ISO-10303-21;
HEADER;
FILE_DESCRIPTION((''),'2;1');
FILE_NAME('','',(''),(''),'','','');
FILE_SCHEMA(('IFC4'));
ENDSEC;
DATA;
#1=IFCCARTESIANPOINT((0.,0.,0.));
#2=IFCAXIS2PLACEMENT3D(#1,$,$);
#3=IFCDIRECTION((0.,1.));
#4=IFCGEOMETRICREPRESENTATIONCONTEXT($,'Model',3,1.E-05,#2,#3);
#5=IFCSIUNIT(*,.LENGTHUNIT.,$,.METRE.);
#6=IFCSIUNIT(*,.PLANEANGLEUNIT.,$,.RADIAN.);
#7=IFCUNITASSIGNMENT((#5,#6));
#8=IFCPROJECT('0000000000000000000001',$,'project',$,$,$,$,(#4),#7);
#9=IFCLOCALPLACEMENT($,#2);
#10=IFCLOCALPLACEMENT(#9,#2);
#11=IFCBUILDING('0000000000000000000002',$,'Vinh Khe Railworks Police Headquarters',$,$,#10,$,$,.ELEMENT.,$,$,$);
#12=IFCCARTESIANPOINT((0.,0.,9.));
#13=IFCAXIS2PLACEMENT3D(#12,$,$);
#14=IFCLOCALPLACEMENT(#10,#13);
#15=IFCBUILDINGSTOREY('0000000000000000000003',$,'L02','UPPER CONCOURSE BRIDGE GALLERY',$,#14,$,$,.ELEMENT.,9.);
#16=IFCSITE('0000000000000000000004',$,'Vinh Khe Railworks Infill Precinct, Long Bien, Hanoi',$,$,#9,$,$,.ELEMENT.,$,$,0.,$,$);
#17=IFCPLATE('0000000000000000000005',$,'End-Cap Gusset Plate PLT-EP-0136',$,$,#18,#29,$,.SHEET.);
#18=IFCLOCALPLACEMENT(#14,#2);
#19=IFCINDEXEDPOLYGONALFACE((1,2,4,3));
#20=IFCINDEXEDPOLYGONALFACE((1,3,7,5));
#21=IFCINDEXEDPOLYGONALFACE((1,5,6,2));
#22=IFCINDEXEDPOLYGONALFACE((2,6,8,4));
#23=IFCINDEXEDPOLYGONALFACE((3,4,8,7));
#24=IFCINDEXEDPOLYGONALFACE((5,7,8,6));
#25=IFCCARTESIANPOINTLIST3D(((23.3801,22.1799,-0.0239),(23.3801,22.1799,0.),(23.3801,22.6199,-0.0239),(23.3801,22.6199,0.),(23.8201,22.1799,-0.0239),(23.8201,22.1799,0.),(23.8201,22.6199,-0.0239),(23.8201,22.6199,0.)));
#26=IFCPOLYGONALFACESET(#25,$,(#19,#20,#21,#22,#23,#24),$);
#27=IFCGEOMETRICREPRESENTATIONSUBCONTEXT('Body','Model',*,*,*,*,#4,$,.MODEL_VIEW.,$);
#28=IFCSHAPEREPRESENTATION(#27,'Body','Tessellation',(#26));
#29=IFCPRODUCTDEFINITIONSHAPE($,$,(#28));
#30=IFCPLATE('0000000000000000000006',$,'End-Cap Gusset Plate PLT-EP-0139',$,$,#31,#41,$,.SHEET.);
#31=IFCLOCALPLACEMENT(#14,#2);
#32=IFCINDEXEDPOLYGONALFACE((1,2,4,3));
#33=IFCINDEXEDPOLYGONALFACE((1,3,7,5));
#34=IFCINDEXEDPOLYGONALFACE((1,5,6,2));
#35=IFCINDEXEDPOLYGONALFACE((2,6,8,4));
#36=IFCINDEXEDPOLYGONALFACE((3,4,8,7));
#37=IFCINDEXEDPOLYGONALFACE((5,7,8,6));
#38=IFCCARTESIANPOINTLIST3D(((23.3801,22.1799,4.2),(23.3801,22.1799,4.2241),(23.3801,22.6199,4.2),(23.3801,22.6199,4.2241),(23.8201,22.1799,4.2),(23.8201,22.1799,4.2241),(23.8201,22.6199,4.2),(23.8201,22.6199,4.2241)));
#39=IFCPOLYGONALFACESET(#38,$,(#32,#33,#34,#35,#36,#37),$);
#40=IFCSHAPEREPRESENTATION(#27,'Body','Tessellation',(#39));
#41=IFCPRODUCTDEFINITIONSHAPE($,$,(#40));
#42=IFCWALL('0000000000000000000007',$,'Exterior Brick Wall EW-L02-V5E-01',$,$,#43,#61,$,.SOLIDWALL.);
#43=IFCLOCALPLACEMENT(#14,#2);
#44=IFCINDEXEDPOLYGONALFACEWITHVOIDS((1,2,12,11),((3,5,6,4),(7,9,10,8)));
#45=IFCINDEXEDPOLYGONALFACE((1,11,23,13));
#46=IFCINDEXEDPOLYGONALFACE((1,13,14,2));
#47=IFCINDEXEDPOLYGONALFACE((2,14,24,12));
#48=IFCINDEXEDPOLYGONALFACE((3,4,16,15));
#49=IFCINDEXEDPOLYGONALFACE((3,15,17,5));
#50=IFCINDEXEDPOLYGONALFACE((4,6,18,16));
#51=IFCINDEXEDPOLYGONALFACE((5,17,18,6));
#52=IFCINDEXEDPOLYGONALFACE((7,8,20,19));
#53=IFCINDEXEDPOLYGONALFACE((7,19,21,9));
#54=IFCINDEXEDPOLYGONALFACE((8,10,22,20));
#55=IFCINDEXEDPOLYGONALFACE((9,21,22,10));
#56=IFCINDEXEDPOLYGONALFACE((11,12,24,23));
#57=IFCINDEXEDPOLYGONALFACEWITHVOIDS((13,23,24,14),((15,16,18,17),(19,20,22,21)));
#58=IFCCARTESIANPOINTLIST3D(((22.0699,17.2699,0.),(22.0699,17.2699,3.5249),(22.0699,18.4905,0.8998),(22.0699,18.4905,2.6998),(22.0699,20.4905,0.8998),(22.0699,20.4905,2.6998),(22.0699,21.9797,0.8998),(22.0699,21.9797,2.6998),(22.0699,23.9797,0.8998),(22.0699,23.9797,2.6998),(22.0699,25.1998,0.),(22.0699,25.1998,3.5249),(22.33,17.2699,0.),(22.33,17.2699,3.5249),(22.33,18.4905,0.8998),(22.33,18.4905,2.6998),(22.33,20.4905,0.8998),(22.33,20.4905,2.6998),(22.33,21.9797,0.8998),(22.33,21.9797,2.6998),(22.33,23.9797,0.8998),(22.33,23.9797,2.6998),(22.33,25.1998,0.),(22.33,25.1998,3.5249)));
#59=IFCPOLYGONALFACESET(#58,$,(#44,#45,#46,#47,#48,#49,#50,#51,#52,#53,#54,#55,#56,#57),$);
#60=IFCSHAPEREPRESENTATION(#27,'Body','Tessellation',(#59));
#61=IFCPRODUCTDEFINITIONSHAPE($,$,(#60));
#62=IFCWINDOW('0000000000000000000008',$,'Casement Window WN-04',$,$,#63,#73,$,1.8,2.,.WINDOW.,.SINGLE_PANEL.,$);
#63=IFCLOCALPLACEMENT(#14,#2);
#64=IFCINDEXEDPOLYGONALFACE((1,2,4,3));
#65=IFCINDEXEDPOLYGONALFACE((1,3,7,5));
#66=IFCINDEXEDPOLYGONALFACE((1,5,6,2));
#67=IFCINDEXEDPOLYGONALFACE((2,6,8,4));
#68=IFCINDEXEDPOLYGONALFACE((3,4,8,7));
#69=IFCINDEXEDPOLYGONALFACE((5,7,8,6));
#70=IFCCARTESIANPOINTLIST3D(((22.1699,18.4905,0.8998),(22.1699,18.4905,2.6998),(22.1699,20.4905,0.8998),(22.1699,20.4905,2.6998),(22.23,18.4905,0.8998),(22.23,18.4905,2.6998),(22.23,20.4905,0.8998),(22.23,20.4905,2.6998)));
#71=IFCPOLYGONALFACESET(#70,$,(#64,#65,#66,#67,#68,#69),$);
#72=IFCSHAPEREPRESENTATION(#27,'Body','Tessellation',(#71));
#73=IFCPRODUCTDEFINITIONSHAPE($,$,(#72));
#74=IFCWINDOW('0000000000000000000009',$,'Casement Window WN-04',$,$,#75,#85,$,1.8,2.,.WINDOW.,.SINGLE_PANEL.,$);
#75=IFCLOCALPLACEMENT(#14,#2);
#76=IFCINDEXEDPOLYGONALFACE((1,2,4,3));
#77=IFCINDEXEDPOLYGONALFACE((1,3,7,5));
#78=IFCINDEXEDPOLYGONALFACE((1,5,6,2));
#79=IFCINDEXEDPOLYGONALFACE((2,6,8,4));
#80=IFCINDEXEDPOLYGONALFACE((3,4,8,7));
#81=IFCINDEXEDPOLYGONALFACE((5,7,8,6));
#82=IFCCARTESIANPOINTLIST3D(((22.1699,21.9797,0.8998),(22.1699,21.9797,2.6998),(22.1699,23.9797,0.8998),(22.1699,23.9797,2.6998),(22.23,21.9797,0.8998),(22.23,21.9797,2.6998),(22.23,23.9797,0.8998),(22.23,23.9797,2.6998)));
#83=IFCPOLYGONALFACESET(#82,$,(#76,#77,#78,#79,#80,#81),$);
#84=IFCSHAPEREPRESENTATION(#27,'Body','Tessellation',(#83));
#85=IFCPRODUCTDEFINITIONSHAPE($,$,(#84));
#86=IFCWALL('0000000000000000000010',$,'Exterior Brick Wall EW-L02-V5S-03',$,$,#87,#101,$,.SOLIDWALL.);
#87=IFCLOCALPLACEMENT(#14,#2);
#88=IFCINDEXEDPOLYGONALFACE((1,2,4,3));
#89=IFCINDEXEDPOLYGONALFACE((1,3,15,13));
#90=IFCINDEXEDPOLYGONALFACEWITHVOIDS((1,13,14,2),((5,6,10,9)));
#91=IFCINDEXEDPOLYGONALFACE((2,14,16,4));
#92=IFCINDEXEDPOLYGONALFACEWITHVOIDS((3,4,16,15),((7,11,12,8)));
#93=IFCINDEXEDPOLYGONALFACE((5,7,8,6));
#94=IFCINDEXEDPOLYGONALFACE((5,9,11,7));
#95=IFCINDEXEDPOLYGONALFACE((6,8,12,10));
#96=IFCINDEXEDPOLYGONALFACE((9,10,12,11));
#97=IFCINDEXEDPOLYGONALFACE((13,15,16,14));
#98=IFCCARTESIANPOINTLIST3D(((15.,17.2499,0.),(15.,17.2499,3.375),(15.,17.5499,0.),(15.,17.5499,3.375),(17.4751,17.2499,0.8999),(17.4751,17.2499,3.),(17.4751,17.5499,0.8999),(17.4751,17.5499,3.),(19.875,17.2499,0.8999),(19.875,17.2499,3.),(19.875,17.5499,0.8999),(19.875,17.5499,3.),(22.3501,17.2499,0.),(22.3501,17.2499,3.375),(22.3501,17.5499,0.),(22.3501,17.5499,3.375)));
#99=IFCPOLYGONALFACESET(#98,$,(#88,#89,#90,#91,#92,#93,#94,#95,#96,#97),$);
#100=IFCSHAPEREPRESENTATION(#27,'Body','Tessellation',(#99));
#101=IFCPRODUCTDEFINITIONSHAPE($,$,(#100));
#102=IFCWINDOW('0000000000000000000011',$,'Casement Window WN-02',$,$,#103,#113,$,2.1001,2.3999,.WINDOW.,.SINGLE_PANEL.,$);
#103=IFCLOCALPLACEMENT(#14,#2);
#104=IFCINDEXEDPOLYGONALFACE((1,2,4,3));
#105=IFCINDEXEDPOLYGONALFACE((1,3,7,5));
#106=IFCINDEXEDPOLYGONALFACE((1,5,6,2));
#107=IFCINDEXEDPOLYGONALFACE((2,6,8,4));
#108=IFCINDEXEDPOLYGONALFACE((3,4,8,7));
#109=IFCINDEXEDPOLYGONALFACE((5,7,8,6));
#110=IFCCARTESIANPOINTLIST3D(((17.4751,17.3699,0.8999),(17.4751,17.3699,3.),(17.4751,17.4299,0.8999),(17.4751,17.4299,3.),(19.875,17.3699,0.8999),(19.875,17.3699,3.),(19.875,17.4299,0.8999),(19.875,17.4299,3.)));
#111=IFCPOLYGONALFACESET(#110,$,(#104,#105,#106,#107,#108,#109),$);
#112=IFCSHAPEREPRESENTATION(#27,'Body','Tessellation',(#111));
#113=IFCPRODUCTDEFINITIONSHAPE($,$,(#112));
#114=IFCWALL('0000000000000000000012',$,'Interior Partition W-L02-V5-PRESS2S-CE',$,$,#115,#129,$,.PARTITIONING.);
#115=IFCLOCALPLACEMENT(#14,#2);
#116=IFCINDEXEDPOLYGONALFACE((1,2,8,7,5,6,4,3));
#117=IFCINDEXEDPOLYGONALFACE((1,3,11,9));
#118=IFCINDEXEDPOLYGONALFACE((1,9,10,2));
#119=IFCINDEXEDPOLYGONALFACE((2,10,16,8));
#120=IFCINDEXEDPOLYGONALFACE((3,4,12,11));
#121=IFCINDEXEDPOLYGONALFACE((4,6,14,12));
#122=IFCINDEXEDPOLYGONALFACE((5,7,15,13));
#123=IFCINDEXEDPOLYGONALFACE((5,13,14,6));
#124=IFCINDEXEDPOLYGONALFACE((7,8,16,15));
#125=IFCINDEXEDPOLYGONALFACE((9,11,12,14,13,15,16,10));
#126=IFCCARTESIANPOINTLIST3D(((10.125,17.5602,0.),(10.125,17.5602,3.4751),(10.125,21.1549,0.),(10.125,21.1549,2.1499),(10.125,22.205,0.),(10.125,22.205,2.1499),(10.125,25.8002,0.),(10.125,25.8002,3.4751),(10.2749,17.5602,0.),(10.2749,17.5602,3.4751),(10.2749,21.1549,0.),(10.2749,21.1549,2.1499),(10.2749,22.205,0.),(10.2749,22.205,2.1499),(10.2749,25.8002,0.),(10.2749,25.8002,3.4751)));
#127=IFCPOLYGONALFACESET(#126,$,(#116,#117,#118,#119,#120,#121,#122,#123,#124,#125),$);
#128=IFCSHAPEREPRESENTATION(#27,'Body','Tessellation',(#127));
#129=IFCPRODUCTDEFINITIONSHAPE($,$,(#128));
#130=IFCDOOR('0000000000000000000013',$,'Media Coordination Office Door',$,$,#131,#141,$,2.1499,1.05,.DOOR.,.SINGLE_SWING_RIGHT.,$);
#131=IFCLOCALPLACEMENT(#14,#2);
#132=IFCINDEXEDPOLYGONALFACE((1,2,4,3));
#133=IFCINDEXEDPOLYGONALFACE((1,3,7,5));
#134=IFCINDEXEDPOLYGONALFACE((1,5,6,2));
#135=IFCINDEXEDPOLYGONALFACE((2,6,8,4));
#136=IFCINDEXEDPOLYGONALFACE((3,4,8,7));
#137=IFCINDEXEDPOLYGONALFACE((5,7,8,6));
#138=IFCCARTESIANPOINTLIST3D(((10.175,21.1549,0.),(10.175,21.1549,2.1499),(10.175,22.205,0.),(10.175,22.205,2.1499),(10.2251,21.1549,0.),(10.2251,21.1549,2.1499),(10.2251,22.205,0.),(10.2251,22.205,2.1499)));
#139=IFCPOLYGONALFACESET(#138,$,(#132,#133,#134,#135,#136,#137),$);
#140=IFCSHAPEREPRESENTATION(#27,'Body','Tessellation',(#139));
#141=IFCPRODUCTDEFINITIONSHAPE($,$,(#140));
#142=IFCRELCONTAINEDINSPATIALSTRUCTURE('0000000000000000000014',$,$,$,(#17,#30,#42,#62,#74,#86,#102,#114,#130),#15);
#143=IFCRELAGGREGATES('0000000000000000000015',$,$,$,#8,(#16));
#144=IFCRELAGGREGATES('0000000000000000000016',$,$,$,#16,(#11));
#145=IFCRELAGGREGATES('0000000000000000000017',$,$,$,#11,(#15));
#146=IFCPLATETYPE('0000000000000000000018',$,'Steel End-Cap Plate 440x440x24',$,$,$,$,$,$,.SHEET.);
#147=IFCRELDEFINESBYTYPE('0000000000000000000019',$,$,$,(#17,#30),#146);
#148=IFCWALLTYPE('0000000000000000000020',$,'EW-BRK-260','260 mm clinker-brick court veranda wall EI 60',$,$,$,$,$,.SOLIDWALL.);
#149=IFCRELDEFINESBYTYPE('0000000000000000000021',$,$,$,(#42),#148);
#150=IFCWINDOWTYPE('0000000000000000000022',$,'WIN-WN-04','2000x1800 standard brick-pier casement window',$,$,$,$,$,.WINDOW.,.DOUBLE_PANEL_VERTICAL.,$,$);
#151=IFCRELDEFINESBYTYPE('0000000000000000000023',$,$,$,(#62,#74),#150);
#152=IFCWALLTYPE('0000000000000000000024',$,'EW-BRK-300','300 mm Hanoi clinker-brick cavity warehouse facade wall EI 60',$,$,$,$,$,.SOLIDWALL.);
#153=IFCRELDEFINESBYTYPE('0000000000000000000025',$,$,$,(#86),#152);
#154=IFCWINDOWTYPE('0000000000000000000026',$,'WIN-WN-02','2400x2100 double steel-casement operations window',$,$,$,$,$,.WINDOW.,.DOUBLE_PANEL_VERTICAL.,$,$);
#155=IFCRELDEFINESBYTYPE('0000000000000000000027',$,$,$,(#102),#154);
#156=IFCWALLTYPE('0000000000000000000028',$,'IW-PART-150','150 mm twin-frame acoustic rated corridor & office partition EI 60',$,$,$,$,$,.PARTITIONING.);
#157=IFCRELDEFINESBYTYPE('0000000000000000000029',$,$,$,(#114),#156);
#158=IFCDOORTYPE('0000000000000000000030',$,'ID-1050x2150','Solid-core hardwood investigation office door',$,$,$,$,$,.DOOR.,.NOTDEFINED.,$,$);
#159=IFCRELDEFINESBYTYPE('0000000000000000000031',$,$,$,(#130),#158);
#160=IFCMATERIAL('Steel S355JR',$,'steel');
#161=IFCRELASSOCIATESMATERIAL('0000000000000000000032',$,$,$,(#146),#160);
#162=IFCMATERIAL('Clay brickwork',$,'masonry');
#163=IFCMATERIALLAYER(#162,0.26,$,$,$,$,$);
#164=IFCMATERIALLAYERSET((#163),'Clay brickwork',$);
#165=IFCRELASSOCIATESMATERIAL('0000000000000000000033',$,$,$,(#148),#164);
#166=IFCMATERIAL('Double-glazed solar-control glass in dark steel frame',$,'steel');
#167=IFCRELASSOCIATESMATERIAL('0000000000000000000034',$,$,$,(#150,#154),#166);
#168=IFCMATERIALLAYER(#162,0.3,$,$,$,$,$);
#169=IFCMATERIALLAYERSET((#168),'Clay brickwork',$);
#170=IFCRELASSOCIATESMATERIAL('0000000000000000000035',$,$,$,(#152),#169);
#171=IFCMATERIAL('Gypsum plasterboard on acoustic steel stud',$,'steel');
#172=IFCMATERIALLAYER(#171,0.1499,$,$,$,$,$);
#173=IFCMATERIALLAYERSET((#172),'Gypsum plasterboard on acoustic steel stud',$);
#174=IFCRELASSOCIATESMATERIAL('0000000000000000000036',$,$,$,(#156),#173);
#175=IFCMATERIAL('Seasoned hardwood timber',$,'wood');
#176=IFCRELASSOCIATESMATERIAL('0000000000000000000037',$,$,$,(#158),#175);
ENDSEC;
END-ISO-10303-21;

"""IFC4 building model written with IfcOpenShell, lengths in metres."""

from ifc_helpers import new_model, si_unit, direction, frame, frame_2d, origin, origin_2d, place, context, subcontext, project, spatial, rectangle, extrude, material, layer, layer_set, material_profile, profile_set, type_object, element, fill, save


model = new_model("IFC4")

# Units and contexts
model_context = context("Model", 3, precision=1e-05, world=origin(), true_north=direction((0.0, 1.0)))
body_context = subcontext(model_context, "Body", "Model", "MODEL_VIEW")
ifc_project = project(units=[si_unit("LENGTHUNIT", "METRE"), si_unit("PLANEANGLEUNIT", "RADIAN")], contexts=[model_context])

# Site, building, storey
site_placement = place(None, origin())
site = spatial("IfcSite", under=ifc_project, at=site_placement, Name="Vinh Khe Railworks Infill Precinct, Long Bien, Hanoi", CompositionType="ELEMENT", RefElevation=0.0)
building_placement = place(site_placement, origin())
building = spatial("IfcBuilding", under=site, at=building_placement, Name="Vinh Khe Railworks Police Headquarters", CompositionType="ELEMENT")
storey_placement = place(building_placement, frame((0.0, 0.0, 9.0)))
storey = spatial("IfcBuildingStorey", under=building, at=storey_placement, Name="L02", Description="UPPER CONCOURSE BRIDGE GALLERY", CompositionType="ELEMENT", Elevation=9.0)

# Shared definitions
ifc_material_1 = material(Name="Steel S355JR", Category="steel")

# Plates
ifc_material_profile_1 = material_profile(ifc_material_1, rectangle(XDim=0.4399, YDim=0.4399, at=origin_2d()), Name="PL 440x440")
ifc_profile_set_1 = profile_set([ifc_material_profile_1], Name="Steel S355JR")
plate_type = type_object("IfcPlateType", Name="Steel End-Cap Plate 440x440x24", PredefinedType="SHEET", material=ifc_profile_set_1)
plate_1_placement = place(storey_placement, frame((23.6001, 22.3999, 0.0), z_axis=(0.0, 0.0, -1.0), x_axis=(1.0, 0.0, 0.0)))
element("IfcPlate", 1, at=plate_1_placement, inside=storey, type_object=plate_type, Name="End-Cap Gusset Plate PLT-EP-0136", PredefinedType="SHEET", context=body_context, shape_type="SweptSolid", body=[
    extrude(rectangle(XDim=0.4399, YDim=0.4399, at=origin_2d()), origin(), (0.0, 0.0, 1.0), 0.0239),
])
plate_2_placement = place(storey_placement, frame((23.6001, 22.3999, 4.2), z_axis=(0.0, 0.0, 1.0), x_axis=(1.0, 0.0, 0.0)))
element("IfcPlate", 2, at=plate_2_placement, inside=storey, type_object=plate_type, Name="End-Cap Gusset Plate PLT-EP-0139", PredefinedType="SHEET", context=body_context, shape_type="SweptSolid", body=[
    extrude(rectangle(XDim=0.4399, YDim=0.4399, at=origin_2d()), origin(), (0.0, 0.0, 1.0), 0.0242),
])

# Wall, openings, windows
ifc_material_2 = material(Name="Clay brickwork", Category="masonry")
ifc_layer_1 = layer(ifc_material_2, 0.26)
ifc_layer_set_1 = layer_set([ifc_layer_1], Name="Clay brickwork")
wall_type_1 = type_object("IfcWallType", Name="EW-BRK-260", Description="260 mm clinker-brick court veranda wall EI 60", PredefinedType="SOLIDWALL", material=ifc_layer_set_1)
wall_1_placement = place(storey_placement, frame((22.2, 17.27, 0.0), z_axis=(0.0, 0.0, 1.0), x_axis=(0.0, 1.0, 0.0)))
wall_1 = element("IfcWall", 3, at=wall_1_placement, inside=storey, type_object=wall_type_1, Name="Exterior Brick Wall EW-L02-V5E-01", PredefinedType="SOLIDWALL", context=body_context, shape_type="SweptSolid", body=[
    extrude(rectangle(XDim=7.9299, YDim=0.26, at=frame_2d((3.9648, 0.0))), origin(), (0.0, 0.0, 1.0), 3.5249),
])
opening_1_placement = place(wall_1_placement, frame((1.2205, 0.0, 0.8999)))
opening_1 = element("IfcOpeningElement", 4, at=opening_1_placement, cuts=wall_1, PredefinedType="OPENING", context=body_context, shape_type="SweptSolid", body=[
    extrude(rectangle(XDim=2.0, YDim=1.8, at=frame_2d((1.0, 0.8999))), frame((0.0, 0.145, 0.0), z_axis=(0.0, -1.0, 0.0), x_axis=(1.0, 0.0, 0.0)), (0.0, 0.0, 1.0), 0.2898),
])
opening_2_placement = place(wall_1_placement, frame((4.7097, 0.0, 0.8999)))
opening_2 = element("IfcOpeningElement", 5, at=opening_2_placement, cuts=wall_1, PredefinedType="OPENING", context=body_context, shape_type="SweptSolid", body=[
    extrude(rectangle(XDim=2.0, YDim=1.8, at=frame_2d((1.0, 0.8999))), frame((0.0, 0.145, 0.0), z_axis=(0.0, -1.0, 0.0), x_axis=(1.0, 0.0, 0.0)), (0.0, 0.0, 1.0), 0.2898),
])
ifc_material_3 = material(Name="Double-glazed solar-control glass in dark steel frame", Category="steel")
window_type_1 = type_object("IfcWindowType", Name="WIN-WN-04", Description="2000x1800 standard brick-pier casement window", PartitioningType="DOUBLE_PANEL_VERTICAL", PredefinedType="WINDOW", material=ifc_material_3)
window_1_placement = place(opening_1_placement, origin())
window_1 = element("IfcWindow", 6, at=window_1_placement, inside=storey, type_object=window_type_1, Name="Casement Window WN-04", OverallHeight=1.8, OverallWidth=2.0, PartitioningType="SINGLE_PANEL", PredefinedType="WINDOW", context=body_context, shape_type="SweptSolid", body=[
    extrude(rectangle(XDim=2.0, YDim=1.8, at=frame_2d((1.0, 0.8999))), frame((0.0, 0.03, 0.0), z_axis=(0.0, -1.0, 0.0), x_axis=(1.0, 0.0, 0.0)), (0.0, 0.0, 1.0), 0.0601),
])
fill(opening_1, window_1)
window_2_placement = place(opening_2_placement, origin())
window_2 = element("IfcWindow", 7, at=window_2_placement, inside=storey, type_object=window_type_1, Name="Casement Window WN-04", OverallHeight=1.8, OverallWidth=2.0, PartitioningType="SINGLE_PANEL", PredefinedType="WINDOW", context=body_context, shape_type="SweptSolid", body=[
    extrude(rectangle(XDim=2.0, YDim=1.8, at=frame_2d((1.0, 0.8999))), frame((0.0, 0.03, 0.0), z_axis=(0.0, -1.0, 0.0), x_axis=(1.0, 0.0, 0.0)), (0.0, 0.0, 1.0), 0.0601),
])
fill(opening_2, window_2)

# Wall, opening, window
ifc_layer_2 = layer(ifc_material_2, 0.3)
ifc_layer_set_2 = layer_set([ifc_layer_2], Name="Clay brickwork")
wall_type_2 = type_object("IfcWallType", Name="EW-BRK-300", Description="300 mm Hanoi clinker-brick cavity warehouse facade wall EI 60", PredefinedType="SOLIDWALL", material=ifc_layer_set_2)
wall_2_placement = place(storey_placement, frame((15.0, 17.3999, 0.0), z_axis=(0.0, 0.0, 1.0), x_axis=(1.0, 0.0, 0.0)))
wall_2 = element("IfcWall", 8, at=wall_2_placement, inside=storey, type_object=wall_type_2, Name="Exterior Brick Wall EW-L02-V5S-03", PredefinedType="SOLIDWALL", context=body_context, shape_type="SweptSolid", body=[
    extrude(rectangle(XDim=7.3501, YDim=0.3, at=frame_2d((3.675, 0.0))), origin(), (0.0, 0.0, 1.0), 3.375),
])
opening_3_placement = place(wall_2_placement, frame((2.4751, 0.0, 0.8999)))
opening_3 = element("IfcOpeningElement", 9, at=opening_3_placement, cuts=wall_2, PredefinedType="OPENING", context=body_context, shape_type="SweptSolid", body=[
    extrude(rectangle(XDim=2.3999, YDim=2.1001, at=frame_2d((1.2, 1.05))), frame((0.0, 0.165, 0.0), z_axis=(0.0, -1.0, 0.0), x_axis=(1.0, 0.0, 0.0)), (0.0, 0.0, 1.0), 0.3298),
])
window_type_2 = type_object("IfcWindowType", Name="WIN-WN-02", Description="2400x2100 double steel-casement operations window", PartitioningType="DOUBLE_PANEL_VERTICAL", PredefinedType="WINDOW", material=ifc_material_3)
window_3_placement = place(opening_3_placement, origin())
window_3 = element("IfcWindow", 10, at=window_3_placement, inside=storey, type_object=window_type_2, Name="Casement Window WN-02", OverallHeight=2.1001, OverallWidth=2.3999, PartitioningType="SINGLE_PANEL", PredefinedType="WINDOW", context=body_context, shape_type="SweptSolid", body=[
    extrude(rectangle(XDim=2.3999, YDim=2.1001, at=frame_2d((1.2, 1.05))), frame((0.0, 0.03, 0.0), z_axis=(0.0, -1.0, 0.0), x_axis=(1.0, 0.0, 0.0)), (0.0, 0.0, 1.0), 0.0601),
])
fill(opening_3, window_3)

# Wall, opening, door
ifc_material_4 = material(Name="Gypsum plasterboard on acoustic steel stud", Category="steel")
ifc_layer_3 = layer(ifc_material_4, 0.1499)
ifc_layer_set_3 = layer_set([ifc_layer_3], Name="Gypsum plasterboard on acoustic steel stud")
wall_type_3 = type_object("IfcWallType", Name="IW-PART-150", Description="150 mm twin-frame acoustic rated corridor & office partition EI 60", PredefinedType="PARTITIONING", material=ifc_layer_set_3)
wall_3_placement = place(storey_placement, frame((10.2, 17.5601, 0.0), z_axis=(0.0, 0.0, 1.0), x_axis=(0.0, 1.0, 0.0)))
wall_3 = element("IfcWall", 11, at=wall_3_placement, inside=storey, type_object=wall_type_3, Name="Interior Partition W-L02-V5-PRESS2S-CE", PredefinedType="PARTITIONING", context=body_context, shape_type="SweptSolid", body=[
    extrude(rectangle(XDim=8.24, YDim=0.1499, at=frame_2d((4.1201, 0.0))), origin(), (0.0, 0.0, 1.0), 3.4751),
])
opening_4_placement = place(wall_3_placement, frame((3.595, 0.0, 0.0)))
opening_4 = element("IfcOpeningElement", 12, at=opening_4_placement, cuts=wall_3, PredefinedType="OPENING", context=body_context, shape_type="SweptSolid", body=[
    extrude(rectangle(XDim=1.05, YDim=2.1499, at=frame_2d((0.5249, 1.075))), frame((0.0, 0.0898, 0.0), z_axis=(0.0, -1.0, 0.0), x_axis=(1.0, 0.0, 0.0)), (0.0, 0.0, 1.0), 0.1797),
])
ifc_material_5 = material(Name="Seasoned hardwood timber", Category="wood")
door_type = type_object("IfcDoorType", Name="ID-1050x2150", Description="Solid-core hardwood investigation office door", OperationType="NOTDEFINED", PredefinedType="DOOR", material=ifc_material_5)
door_placement = place(opening_4_placement, origin())
door = element("IfcDoor", 13, at=door_placement, inside=storey, type_object=door_type, Name="Media Coordination Office Door", OperationType="SINGLE_SWING_RIGHT", OverallHeight=2.1499, OverallWidth=1.05, PredefinedType="DOOR", context=body_context, shape_type="SweptSolid", body=[
    extrude(rectangle(XDim=1.05, YDim=2.1499, at=frame_2d((0.5249, 1.075))), frame((0.0, 0.0249, 0.0), z_axis=(0.0, -1.0, 0.0), x_axis=(1.0, 0.0, 0.0)), (0.0, 0.0, 1.0), 0.05),
])
fill(opening_4, door)

save(model, "model.ifc")
